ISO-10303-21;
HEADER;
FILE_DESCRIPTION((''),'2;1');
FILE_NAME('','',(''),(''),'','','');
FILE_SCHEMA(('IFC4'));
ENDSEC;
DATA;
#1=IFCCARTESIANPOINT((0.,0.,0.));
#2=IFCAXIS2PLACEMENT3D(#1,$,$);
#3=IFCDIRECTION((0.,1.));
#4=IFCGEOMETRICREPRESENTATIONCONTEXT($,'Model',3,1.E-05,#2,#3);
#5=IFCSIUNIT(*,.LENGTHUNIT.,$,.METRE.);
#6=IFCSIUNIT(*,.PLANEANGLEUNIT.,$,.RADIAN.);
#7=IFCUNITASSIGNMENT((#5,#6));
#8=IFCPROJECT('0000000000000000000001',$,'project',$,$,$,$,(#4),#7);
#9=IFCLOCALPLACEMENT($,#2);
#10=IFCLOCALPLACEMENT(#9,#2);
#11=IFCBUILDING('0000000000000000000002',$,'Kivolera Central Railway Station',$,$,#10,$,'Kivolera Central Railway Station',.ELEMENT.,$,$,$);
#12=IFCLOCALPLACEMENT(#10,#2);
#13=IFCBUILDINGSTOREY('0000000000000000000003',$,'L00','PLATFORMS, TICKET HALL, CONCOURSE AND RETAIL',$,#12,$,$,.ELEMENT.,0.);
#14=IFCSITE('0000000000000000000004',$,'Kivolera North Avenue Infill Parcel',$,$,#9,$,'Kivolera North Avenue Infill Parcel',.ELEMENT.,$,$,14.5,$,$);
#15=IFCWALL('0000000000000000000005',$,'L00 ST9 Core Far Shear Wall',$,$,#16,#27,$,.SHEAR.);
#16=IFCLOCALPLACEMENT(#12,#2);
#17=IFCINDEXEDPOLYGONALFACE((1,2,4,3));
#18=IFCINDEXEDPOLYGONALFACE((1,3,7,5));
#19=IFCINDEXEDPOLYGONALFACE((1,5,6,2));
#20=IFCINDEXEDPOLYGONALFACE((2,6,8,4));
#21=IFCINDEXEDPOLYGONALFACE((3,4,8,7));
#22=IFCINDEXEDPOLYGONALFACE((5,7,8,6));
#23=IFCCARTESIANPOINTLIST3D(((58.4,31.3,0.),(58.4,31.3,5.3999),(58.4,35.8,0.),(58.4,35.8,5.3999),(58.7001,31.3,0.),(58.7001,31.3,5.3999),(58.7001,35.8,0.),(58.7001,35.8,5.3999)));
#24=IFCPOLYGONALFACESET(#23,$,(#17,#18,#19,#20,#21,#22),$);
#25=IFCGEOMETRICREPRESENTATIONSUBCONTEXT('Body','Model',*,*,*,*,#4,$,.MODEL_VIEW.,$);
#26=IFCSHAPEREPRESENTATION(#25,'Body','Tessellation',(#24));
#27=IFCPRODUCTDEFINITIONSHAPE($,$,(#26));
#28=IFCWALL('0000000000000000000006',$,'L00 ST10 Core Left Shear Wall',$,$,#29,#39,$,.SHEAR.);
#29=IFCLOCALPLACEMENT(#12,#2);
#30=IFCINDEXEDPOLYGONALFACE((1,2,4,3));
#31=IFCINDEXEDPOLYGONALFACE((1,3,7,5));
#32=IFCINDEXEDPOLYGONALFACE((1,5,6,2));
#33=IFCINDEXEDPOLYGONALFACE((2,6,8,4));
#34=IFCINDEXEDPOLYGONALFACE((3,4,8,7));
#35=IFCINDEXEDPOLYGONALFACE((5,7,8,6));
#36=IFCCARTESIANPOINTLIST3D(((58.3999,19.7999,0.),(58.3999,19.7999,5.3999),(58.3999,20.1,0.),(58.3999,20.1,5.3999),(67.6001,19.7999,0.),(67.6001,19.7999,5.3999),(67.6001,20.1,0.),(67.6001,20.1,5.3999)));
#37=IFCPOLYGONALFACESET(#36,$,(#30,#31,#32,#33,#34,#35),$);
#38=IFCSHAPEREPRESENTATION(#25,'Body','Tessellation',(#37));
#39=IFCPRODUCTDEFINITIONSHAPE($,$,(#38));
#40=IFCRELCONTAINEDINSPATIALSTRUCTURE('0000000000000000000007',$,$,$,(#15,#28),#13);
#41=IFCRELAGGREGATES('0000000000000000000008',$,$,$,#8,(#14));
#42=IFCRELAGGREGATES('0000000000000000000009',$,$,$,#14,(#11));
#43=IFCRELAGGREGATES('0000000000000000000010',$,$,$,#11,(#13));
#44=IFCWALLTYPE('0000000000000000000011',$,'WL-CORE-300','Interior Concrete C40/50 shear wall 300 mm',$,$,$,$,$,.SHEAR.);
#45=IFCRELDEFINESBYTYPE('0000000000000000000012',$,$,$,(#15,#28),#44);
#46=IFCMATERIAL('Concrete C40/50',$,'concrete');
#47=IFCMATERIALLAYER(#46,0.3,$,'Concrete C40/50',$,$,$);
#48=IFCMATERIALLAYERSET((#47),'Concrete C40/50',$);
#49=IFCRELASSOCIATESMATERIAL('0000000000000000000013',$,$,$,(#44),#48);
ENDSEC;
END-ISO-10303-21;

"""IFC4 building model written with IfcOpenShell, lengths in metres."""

from ifc_helpers import new_model, si_unit, direction, frame, frame_2d, origin, place, context, subcontext, project, spatial, rectangle, extrude, material, layer, layer_set, type_object, element, save


model = new_model("IFC4")

# Units and contexts
model_context = context("Model", 3, precision=1e-05, world=origin(), true_north=direction((0.0, 1.0)))
body_context = subcontext(model_context, "Body", "Model", "MODEL_VIEW")
ifc_project = project(units=[si_unit("LENGTHUNIT", "METRE"), si_unit("PLANEANGLEUNIT", "RADIAN")], contexts=[model_context])

# Site, building, storey
site_placement = place(None, origin())
site = spatial("IfcSite", under=ifc_project, at=site_placement, Name="Kivolera North Avenue Infill Parcel", LongName="Kivolera North Avenue Infill Parcel", CompositionType="ELEMENT", RefElevation=14.5)
building_placement = place(site_placement, origin())
building = spatial("IfcBuilding", under=site, at=building_placement, Name="Kivolera Central Railway Station", LongName="Kivolera Central Railway Station", CompositionType="ELEMENT")
storey_placement = place(building_placement, origin())
storey = spatial("IfcBuildingStorey", under=building, at=storey_placement, Name="L00", Description="PLATFORMS, TICKET HALL, CONCOURSE AND RETAIL", CompositionType="ELEMENT", Elevation=0.0)

# Shared definitions
ifc_material_1 = material(Name="Concrete C40/50", Category="concrete")

# Walls
ifc_layer = layer(ifc_material_1, 0.3, Name="Concrete C40/50")
ifc_layer_set = layer_set([ifc_layer], Name="Concrete C40/50")
wall_type = type_object("IfcWallType", Name="WL-CORE-300", Description="Interior Concrete C40/50 shear wall 300 mm", PredefinedType="SHEAR", material=ifc_layer_set)
wall_1_placement = place(storey_placement, frame((58.55, 31.3, 0.0), z_axis=(0.0, 0.0, 1.0), x_axis=(0.0, 1.0, 0.0)))
element("IfcWall", 1, at=wall_1_placement, inside=storey, type_object=wall_type, Name="L00 ST9 Core Far Shear Wall", PredefinedType="SHEAR", context=body_context, shape_type="SweptSolid", body=[
    extrude(rectangle(XDim=4.5, YDim=0.3, at=frame_2d((2.25, 0.0))), origin(), (0.0, 0.0, 1.0), 5.3999),
])
wall_2_placement = place(storey_placement, frame((58.3999, 19.95, 0.0), z_axis=(0.0, 0.0, 1.0), x_axis=(1.0, 0.0, 0.0)))
element("IfcWall", 2, at=wall_2_placement, inside=storey, type_object=wall_type, Name="L00 ST10 Core Left Shear Wall", PredefinedType="SHEAR", context=body_context, shape_type="SweptSolid", body=[
    extrude(rectangle(XDim=9.2002, YDim=0.3, at=frame_2d((4.6001, 0.0))), origin(), (0.0, 0.0, 1.0), 5.3999),
])

save(model, "model.ifc")
